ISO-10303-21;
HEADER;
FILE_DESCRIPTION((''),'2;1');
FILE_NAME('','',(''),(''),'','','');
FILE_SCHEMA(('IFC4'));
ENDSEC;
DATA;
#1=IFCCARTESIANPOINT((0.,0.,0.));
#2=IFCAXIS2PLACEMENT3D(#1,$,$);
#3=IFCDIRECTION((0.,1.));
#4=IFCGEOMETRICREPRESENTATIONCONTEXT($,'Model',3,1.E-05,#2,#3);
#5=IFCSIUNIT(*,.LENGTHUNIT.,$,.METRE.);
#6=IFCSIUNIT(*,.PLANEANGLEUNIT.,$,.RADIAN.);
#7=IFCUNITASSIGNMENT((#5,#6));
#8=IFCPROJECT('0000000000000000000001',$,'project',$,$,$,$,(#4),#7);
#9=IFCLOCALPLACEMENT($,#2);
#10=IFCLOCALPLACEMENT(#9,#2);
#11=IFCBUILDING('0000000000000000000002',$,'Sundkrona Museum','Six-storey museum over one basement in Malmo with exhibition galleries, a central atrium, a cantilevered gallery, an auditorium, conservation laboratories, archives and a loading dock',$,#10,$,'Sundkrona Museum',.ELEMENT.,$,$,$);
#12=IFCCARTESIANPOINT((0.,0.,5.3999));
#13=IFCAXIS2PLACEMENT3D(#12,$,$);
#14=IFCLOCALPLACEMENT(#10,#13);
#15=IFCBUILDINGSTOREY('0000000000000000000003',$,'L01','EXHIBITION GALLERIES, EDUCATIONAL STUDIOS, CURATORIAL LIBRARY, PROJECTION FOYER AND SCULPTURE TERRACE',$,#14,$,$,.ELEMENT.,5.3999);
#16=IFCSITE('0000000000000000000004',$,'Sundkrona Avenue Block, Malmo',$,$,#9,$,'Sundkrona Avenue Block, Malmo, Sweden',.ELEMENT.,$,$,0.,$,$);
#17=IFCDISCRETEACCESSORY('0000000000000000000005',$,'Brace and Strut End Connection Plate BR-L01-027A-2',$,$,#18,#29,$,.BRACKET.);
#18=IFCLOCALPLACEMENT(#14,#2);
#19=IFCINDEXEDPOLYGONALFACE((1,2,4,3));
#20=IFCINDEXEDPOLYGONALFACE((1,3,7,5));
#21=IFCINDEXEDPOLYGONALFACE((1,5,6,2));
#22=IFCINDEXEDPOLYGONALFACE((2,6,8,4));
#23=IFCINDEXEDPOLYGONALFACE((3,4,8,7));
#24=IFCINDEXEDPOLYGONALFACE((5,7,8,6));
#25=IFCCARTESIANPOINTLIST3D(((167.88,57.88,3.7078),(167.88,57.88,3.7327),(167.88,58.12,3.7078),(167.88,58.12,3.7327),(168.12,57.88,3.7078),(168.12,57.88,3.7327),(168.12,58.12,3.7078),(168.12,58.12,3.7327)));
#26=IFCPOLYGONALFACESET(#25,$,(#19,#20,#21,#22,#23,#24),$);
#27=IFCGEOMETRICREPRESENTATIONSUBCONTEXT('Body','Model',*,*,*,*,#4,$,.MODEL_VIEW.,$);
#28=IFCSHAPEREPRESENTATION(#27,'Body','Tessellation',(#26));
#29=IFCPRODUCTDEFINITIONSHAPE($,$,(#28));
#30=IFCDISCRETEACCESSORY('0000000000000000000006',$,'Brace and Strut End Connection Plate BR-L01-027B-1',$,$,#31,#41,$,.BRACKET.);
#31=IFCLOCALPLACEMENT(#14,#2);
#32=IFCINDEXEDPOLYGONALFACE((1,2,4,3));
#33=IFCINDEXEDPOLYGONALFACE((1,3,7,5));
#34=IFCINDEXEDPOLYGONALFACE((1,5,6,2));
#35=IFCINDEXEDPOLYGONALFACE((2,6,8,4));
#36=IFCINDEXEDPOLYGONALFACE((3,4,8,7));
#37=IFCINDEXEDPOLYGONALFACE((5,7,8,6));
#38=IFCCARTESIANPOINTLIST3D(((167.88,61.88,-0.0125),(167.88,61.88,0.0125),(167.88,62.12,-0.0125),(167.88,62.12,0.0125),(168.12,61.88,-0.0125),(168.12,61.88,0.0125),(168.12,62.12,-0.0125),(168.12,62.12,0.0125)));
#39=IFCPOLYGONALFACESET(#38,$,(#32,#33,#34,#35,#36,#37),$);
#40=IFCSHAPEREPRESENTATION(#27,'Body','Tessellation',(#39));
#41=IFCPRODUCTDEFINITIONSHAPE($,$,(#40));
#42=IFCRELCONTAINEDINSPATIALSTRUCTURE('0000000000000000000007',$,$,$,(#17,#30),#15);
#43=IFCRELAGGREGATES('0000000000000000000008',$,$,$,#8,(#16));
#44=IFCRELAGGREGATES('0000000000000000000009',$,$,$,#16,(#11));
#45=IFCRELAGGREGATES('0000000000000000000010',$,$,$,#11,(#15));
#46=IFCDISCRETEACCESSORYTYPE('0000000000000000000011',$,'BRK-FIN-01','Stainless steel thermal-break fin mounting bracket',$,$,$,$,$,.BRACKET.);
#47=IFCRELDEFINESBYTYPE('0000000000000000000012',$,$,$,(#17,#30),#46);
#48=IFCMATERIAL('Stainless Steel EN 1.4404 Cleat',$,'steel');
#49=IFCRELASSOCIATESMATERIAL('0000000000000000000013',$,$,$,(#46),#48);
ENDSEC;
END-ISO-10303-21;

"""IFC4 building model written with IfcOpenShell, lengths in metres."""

from ifc_helpers import new_model, si_unit, direction, frame, origin, origin_2d, place, context, subcontext, project, spatial, rectangle, extrude, material, type_object, element, save


model = new_model("IFC4")

# Units and contexts
model_context = context("Model", 3, precision=1e-05, world=origin(), true_north=direction((0.0, 1.0)))
body_context = subcontext(model_context, "Body", "Model", "MODEL_VIEW")
ifc_project = project(units=[si_unit("LENGTHUNIT", "METRE"), si_unit("PLANEANGLEUNIT", "RADIAN")], contexts=[model_context])

# Site, building, storey
site_placement = place(None, origin())
site = spatial("IfcSite", under=ifc_project, at=site_placement, Name="Sundkrona Avenue Block, Malmo", LongName="Sundkrona Avenue Block, Malmo, Sweden", CompositionType="ELEMENT", RefElevation=0.0)
building_placement = place(site_placement, origin())
building = spatial("IfcBuilding", under=site, at=building_placement, Name="Sundkrona Museum", Description="Six-storey museum over one basement in Malmo with exhibition galleries, a central atrium, a cantilevered gallery, an auditorium, conservation laboratories, archives and a loading dock", LongName="Sundkrona Museum", CompositionType="ELEMENT")
storey_placement = place(building_placement, frame((0.0, 0.0, 5.3999)))
storey = spatial("IfcBuildingStorey", under=building, at=storey_placement, Name="L01", Description="EXHIBITION GALLERIES, EDUCATIONAL STUDIOS, CURATORIAL LIBRARY, PROJECTION FOYER AND SCULPTURE TERRACE", CompositionType="ELEMENT", Elevation=5.3999)

# Discrete accessories
ifc_material_1 = material(Name="Stainless Steel EN 1.4404 Cleat", Category="steel")
discrete_accessory_type = type_object("IfcDiscreteAccessoryType", Name="BRK-FIN-01", Description="Stainless steel thermal-break fin mounting bracket", PredefinedType="BRACKET", material=ifc_material_1)
for number, where, z_axis, x_axis, name in (
    (1, (168.0, 58.0, 3.7078), (0.0, 0.0, 1.0), (1.0, 0.0, 0.0), "Brace and Strut End Connection Plate BR-L01-027A-2"),
    (2, (168.0, 62.0, -0.0125), (0.0, 0.0, 1.0), (1.0, 0.0, 0.0), "Brace and Strut End Connection Plate BR-L01-027B-1"),
):
    element("IfcDiscreteAccessory", number, at=place(storey_placement, frame(where, z_axis=z_axis, x_axis=x_axis)), inside=storey, type_object=discrete_accessory_type, Name=name, PredefinedType="BRACKET", context=body_context, shape_type="SweptSolid", body=[
        extrude(rectangle(XDim=0.24, YDim=0.24, at=origin_2d()), origin(), (0.0, 0.0, 1.0), 0.0249),
    ])

save(model, "model.ifc")
